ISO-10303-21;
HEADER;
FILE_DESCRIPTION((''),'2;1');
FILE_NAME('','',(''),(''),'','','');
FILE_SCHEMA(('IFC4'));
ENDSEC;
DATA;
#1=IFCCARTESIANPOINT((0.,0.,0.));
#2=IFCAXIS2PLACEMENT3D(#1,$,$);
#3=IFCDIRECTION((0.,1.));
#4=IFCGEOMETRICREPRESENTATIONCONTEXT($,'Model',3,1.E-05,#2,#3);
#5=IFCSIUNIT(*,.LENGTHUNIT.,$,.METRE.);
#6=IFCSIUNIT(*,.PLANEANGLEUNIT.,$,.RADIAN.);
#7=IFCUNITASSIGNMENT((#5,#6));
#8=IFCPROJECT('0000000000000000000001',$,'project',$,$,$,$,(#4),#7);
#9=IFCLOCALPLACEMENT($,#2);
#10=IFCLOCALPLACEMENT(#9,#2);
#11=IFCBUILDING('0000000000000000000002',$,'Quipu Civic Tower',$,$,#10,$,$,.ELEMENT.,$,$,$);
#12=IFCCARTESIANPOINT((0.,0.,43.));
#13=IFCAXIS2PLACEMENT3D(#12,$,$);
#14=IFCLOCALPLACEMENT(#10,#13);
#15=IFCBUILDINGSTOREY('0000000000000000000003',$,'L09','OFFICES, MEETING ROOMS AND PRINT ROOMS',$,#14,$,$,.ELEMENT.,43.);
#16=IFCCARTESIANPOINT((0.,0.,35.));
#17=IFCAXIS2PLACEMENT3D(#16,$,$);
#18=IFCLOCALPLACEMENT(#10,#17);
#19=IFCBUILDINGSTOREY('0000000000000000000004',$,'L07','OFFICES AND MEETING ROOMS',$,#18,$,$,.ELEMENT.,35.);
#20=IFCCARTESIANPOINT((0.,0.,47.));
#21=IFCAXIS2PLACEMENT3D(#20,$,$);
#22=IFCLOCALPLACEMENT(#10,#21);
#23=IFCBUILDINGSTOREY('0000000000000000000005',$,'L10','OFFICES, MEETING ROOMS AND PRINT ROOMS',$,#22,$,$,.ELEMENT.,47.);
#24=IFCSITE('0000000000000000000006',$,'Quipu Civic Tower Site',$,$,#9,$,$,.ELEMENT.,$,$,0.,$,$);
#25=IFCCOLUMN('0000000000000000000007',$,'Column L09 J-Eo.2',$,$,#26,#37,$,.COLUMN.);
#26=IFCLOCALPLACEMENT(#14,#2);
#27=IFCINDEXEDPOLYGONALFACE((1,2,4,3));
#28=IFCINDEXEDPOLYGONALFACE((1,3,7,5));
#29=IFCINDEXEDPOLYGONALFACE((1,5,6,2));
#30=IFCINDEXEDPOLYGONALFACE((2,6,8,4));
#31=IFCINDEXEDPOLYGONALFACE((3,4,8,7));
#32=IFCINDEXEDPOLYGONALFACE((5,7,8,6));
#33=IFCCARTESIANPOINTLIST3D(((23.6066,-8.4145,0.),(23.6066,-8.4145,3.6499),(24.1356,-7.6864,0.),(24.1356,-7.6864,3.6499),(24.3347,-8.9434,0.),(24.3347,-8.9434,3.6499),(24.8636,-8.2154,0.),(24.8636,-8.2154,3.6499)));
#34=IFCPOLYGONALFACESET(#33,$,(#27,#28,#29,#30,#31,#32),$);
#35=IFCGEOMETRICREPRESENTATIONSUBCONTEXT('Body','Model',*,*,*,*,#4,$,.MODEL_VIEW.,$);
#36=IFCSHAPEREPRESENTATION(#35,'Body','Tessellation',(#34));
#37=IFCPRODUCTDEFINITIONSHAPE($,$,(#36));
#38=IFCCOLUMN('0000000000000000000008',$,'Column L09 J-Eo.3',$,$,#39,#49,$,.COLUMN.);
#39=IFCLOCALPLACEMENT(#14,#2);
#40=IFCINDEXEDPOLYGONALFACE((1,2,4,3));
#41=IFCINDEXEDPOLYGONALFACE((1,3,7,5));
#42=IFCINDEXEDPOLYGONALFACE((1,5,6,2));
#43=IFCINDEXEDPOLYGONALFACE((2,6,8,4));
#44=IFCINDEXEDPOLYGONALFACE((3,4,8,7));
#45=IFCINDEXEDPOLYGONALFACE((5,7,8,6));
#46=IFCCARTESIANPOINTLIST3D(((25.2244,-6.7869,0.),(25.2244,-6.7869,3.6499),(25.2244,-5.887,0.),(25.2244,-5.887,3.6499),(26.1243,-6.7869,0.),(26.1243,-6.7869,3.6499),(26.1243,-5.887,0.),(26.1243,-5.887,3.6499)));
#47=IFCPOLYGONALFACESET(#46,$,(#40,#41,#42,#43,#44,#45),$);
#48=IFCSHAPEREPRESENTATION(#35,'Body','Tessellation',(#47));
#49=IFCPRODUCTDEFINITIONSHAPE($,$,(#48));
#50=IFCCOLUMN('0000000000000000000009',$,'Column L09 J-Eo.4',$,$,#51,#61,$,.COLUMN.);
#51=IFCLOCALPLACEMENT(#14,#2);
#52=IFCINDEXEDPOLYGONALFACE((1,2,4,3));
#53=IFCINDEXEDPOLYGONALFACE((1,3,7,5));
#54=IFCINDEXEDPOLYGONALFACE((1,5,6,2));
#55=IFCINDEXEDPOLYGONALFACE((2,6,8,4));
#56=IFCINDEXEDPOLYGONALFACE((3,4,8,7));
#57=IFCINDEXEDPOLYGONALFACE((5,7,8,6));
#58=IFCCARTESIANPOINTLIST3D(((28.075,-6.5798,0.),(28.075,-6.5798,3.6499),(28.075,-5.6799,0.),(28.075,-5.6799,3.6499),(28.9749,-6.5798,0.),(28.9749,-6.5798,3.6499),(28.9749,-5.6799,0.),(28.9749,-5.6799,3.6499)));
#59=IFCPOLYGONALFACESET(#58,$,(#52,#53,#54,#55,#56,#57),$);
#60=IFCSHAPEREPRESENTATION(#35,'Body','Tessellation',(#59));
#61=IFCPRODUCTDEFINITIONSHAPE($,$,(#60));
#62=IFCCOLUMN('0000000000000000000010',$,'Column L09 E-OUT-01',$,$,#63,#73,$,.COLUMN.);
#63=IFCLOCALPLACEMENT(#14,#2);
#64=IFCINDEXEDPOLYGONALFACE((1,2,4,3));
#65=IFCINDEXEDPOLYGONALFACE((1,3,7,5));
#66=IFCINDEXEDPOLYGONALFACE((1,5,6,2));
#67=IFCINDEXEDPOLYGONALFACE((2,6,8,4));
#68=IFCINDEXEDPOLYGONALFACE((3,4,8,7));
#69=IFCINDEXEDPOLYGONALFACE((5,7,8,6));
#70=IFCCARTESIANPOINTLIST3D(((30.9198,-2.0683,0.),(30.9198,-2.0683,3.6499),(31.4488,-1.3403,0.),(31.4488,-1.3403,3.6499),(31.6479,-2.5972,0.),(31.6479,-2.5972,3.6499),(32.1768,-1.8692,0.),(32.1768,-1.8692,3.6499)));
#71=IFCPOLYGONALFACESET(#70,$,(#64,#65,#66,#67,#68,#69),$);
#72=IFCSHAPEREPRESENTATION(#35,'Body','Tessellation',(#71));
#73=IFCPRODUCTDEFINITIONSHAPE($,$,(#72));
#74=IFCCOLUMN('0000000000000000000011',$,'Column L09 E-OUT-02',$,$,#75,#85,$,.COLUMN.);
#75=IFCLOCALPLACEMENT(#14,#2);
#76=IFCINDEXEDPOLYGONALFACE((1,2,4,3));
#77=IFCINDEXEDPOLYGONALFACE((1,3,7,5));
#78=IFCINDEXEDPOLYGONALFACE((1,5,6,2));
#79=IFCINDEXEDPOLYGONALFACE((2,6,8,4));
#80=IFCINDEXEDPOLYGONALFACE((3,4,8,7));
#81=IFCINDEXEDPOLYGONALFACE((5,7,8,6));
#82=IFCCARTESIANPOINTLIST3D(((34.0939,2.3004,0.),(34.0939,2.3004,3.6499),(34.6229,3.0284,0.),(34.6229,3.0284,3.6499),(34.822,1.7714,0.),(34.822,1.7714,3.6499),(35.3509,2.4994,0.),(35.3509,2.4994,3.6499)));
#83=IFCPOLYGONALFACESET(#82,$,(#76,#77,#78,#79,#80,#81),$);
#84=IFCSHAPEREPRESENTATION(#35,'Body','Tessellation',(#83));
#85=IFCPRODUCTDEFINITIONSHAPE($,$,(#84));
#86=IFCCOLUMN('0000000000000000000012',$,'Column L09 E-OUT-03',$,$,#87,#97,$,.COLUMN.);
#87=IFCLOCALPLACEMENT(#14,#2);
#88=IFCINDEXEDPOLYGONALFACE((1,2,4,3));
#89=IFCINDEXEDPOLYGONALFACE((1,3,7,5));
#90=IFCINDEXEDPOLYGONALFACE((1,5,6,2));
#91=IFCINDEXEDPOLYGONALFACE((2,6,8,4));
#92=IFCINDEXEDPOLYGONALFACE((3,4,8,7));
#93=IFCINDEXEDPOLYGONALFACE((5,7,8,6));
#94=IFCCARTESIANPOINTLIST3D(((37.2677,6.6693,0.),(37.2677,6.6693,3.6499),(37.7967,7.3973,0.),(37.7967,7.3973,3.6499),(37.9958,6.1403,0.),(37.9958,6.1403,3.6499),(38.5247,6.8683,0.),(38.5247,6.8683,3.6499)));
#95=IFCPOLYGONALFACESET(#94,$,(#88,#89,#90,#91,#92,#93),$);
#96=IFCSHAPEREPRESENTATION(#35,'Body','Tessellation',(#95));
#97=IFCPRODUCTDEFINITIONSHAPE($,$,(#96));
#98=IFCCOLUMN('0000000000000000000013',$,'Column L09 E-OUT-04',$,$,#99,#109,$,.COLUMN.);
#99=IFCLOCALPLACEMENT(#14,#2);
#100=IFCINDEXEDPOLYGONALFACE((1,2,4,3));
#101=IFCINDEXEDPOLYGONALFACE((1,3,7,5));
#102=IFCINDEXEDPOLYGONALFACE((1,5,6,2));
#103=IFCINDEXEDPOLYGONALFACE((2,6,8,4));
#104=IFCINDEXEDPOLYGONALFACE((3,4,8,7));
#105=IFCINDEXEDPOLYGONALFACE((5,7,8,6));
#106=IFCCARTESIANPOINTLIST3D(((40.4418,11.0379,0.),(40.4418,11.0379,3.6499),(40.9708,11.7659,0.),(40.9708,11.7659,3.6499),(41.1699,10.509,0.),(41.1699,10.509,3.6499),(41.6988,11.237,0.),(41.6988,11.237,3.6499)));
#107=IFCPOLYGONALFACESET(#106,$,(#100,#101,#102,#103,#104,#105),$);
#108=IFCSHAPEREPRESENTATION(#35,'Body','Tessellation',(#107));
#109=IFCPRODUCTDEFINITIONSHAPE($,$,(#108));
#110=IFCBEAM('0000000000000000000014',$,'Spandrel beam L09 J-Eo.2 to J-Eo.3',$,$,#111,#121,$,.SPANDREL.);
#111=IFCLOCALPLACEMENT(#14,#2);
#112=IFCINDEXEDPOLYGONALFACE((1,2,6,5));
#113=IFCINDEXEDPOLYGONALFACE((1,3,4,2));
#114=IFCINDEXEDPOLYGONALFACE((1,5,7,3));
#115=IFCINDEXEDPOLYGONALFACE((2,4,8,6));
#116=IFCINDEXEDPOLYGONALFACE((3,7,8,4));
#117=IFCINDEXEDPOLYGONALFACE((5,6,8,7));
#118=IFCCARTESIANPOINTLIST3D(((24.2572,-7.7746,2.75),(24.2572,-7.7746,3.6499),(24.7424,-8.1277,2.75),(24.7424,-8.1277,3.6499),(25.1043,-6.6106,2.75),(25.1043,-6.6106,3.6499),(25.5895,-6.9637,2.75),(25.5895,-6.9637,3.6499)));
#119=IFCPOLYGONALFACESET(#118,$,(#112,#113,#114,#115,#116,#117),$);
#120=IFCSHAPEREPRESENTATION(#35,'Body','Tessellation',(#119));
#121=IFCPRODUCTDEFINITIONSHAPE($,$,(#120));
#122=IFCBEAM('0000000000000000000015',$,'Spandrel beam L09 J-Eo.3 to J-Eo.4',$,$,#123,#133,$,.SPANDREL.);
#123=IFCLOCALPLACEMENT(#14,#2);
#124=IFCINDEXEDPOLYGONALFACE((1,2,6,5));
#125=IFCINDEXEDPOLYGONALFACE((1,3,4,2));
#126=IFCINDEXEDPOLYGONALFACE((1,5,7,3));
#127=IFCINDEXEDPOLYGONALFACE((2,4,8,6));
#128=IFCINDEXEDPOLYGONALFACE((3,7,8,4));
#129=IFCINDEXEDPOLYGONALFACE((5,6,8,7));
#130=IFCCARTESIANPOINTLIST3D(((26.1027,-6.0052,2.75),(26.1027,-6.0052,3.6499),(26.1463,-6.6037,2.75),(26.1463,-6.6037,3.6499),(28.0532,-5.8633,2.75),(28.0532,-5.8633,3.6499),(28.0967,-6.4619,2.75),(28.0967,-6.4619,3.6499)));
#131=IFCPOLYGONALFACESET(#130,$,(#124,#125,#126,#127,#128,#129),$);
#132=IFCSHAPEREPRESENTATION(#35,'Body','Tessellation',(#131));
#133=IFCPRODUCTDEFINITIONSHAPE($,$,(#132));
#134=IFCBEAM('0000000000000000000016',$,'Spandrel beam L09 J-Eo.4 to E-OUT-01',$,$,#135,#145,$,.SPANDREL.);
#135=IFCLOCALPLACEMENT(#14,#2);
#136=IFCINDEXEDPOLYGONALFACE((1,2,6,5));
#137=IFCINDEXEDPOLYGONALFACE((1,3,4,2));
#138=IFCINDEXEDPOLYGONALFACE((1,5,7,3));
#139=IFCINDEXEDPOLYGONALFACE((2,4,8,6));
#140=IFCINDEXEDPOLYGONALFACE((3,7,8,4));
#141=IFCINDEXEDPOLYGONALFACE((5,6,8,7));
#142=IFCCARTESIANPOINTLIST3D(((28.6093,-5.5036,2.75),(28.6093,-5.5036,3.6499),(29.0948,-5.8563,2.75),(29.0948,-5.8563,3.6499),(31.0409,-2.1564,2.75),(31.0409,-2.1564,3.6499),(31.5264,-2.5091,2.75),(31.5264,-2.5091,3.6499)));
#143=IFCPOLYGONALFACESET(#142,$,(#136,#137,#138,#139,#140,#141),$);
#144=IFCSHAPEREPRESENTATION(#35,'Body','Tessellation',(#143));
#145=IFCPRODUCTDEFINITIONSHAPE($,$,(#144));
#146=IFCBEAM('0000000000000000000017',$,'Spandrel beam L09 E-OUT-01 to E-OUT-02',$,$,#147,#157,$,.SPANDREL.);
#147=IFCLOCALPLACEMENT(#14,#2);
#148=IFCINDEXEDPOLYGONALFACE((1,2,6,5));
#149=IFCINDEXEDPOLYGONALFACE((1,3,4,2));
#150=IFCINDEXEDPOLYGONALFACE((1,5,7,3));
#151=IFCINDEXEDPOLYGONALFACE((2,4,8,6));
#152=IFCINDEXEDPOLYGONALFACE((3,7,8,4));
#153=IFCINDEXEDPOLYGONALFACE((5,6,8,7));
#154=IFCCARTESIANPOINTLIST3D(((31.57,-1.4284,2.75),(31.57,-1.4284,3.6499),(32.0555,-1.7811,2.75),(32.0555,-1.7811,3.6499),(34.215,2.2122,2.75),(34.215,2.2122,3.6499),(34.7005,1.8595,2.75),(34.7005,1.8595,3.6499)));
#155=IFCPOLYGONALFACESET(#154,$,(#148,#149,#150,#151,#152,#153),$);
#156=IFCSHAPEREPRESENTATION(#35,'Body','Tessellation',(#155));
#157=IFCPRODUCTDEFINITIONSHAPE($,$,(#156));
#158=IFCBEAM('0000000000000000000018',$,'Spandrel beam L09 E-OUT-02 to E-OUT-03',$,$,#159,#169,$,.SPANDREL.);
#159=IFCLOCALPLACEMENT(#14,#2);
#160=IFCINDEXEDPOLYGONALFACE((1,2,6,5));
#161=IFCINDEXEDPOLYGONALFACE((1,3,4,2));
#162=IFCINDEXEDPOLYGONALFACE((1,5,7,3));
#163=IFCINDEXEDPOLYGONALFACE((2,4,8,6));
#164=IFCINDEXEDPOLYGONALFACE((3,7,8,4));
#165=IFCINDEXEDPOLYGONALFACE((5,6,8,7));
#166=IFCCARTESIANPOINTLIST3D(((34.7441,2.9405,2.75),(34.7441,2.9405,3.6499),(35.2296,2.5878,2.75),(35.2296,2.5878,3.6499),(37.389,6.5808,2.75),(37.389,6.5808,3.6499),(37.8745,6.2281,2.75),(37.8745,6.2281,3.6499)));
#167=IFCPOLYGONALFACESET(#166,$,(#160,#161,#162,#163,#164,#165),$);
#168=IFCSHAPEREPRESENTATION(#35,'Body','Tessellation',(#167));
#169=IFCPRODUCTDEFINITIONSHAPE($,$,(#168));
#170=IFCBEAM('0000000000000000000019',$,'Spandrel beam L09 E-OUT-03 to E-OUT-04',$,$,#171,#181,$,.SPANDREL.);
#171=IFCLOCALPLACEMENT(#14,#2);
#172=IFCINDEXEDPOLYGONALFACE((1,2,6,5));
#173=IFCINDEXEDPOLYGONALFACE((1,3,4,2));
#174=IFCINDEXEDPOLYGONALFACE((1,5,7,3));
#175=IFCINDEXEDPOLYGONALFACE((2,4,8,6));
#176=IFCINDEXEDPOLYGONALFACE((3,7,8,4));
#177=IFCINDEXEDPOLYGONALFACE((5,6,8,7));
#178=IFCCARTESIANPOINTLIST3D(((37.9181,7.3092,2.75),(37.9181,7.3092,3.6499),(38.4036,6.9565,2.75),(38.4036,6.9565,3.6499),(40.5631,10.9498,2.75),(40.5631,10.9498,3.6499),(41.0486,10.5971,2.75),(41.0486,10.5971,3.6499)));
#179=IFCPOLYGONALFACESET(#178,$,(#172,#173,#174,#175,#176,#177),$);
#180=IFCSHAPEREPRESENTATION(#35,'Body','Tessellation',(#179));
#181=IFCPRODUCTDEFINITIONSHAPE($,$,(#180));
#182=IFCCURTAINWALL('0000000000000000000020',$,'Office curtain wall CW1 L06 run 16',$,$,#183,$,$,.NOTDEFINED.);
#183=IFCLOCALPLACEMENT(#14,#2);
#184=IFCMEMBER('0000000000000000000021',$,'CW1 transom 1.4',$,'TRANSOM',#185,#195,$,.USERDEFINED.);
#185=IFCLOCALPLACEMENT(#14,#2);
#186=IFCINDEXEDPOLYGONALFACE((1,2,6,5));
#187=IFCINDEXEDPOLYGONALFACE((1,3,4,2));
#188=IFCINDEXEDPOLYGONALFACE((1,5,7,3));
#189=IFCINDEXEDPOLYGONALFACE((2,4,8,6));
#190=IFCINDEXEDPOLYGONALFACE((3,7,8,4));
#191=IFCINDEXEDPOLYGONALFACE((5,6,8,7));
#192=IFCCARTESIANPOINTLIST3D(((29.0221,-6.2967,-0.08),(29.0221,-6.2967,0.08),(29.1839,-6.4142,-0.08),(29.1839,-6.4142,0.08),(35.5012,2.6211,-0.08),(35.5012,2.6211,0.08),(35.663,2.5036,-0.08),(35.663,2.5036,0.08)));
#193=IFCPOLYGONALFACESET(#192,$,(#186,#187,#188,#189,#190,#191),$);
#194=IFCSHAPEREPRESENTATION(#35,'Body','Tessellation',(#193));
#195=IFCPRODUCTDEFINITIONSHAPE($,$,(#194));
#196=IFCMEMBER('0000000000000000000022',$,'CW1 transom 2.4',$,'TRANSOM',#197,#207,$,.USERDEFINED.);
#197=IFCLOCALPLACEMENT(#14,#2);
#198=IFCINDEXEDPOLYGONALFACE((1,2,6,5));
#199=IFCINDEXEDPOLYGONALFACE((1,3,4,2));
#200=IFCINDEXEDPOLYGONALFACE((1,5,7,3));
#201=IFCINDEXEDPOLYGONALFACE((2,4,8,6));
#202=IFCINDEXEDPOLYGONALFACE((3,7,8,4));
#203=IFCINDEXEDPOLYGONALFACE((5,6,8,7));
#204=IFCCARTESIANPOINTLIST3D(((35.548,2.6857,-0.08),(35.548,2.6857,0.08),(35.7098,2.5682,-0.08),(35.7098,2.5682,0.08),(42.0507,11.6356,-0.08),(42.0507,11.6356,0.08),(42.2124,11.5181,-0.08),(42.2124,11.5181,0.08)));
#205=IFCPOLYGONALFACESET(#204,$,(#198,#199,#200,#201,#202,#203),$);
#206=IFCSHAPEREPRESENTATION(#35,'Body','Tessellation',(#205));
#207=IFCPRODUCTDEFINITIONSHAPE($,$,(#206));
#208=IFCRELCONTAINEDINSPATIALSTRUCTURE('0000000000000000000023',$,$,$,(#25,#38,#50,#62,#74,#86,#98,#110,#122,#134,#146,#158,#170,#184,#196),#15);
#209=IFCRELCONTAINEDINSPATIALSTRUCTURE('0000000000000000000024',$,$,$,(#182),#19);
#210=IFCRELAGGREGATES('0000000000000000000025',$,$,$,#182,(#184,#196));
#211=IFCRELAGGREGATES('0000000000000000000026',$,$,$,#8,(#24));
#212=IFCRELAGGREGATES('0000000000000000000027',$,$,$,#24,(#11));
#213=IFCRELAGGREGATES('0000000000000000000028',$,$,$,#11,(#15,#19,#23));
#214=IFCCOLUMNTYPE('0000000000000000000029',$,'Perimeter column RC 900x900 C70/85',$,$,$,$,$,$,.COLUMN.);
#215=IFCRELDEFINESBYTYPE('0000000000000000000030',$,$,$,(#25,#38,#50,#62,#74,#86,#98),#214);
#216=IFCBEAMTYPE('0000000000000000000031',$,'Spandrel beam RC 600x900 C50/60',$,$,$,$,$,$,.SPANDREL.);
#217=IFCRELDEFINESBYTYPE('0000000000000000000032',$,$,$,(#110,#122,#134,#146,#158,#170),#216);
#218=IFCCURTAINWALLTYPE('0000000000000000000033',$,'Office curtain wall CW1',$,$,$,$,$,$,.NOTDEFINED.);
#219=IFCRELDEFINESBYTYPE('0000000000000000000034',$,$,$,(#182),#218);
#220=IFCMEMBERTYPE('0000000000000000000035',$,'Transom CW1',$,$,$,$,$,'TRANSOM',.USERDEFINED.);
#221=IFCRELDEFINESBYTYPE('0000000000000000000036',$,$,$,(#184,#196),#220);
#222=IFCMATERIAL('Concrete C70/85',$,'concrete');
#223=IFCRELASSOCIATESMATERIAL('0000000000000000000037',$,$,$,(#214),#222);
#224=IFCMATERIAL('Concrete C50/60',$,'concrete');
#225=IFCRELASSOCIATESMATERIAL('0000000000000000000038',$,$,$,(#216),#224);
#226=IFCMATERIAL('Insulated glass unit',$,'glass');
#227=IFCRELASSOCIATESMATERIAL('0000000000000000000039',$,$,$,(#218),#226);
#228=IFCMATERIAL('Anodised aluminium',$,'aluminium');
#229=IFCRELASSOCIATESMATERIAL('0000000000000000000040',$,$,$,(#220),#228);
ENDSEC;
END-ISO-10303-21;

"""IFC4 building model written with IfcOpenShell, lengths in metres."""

from ifc_helpers import new_model, si_unit, direction, frame, origin, origin_2d, place, context, subcontext, project, spatial, rectangle, extrude, material, material_profile, profile_set, type_object, element, aggregate, save


model = new_model("IFC4")

# Units and contexts
model_context = context("Model", 3, precision=1e-05, world=origin(), true_north=direction((0.0, 1.0)))
body_context = subcontext(model_context, "Body", "Model", "MODEL_VIEW")
ifc_project = project(units=[si_unit("LENGTHUNIT", "METRE"), si_unit("PLANEANGLEUNIT", "RADIAN")], contexts=[model_context])

# Site, building, storey
site_placement = place(None, origin())
site = spatial("IfcSite", under=ifc_project, at=site_placement, Name="Quipu Civic Tower Site", CompositionType="ELEMENT", RefElevation=0.0)
building_placement = place(site_placement, origin())
building = spatial("IfcBuilding", under=site, at=building_placement, Name="Quipu Civic Tower", CompositionType="ELEMENT")
storey_1_placement = place(building_placement, frame((0.0, 0.0, 43.0)))
storey_1 = spatial("IfcBuildingStorey", under=building, at=storey_1_placement, Name="L09", Description="OFFICES, MEETING ROOMS AND PRINT ROOMS", CompositionType="ELEMENT", Elevation=43.0)

# Columns
ifc_material_1 = material(Name="Concrete C70/85", Category="concrete")
ifc_material_profile_1 = material_profile(ifc_material_1, rectangle(XDim=0.8999, YDim=0.8999, at=origin_2d()), Name="RC900x900")
ifc_profile_set_1 = profile_set([ifc_material_profile_1], Name="Concrete C70/85")
column_type = type_object("IfcColumnType", Name="Perimeter column RC 900x900 C70/85", PredefinedType="COLUMN", material=ifc_profile_set_1)
for number, where, z_axis, x_axis, name in (
    (1, (24.2351, -8.3149, 0.0), (0.0, 0.0, 1.0), (0.587785, 0.809017, 0.0), "Column L09 J-Eo.2"),
    (2, (25.6743, -6.3369, 0.0), (0.0, 0.0, 1.0), (1.0, 0.0, 0.0), "Column L09 J-Eo.3"),
    (3, (28.5249, -6.1299, 0.0), (0.0, 0.0, 1.0), (1.0, 0.0, 0.0), "Column L09 J-Eo.4"),
    (4, (31.5483, -1.9688, 0.0), (0.0, 0.0, 1.0), (0.587785, 0.809017, 0.0), "Column L09 E-OUT-01"),
    (5, (34.7224, 2.3999, 0.0), (0.0, 0.0, 1.0), (0.587785, 0.809017, 0.0), "Column L09 E-OUT-02"),
    (6, (37.8962, 6.7688, 0.0), (0.0, 0.0, 1.0), (0.587785, 0.809017, 0.0), "Column L09 E-OUT-03"),
    (7, (41.0703, 11.1375, 0.0), (0.0, 0.0, 1.0), (0.587785, 0.809017, 0.0), "Column L09 E-OUT-04"),
):
    element("IfcColumn", number, at=place(storey_1_placement, frame(where, z_axis=z_axis, x_axis=x_axis)), inside=storey_1, type_object=column_type, Name=name, PredefinedType="COLUMN", context=body_context, shape_type="SweptSolid", body=[
        extrude(rectangle(XDim=0.8999, YDim=0.8999, at=origin_2d()), origin(), (0.0, 0.0, 1.0), 3.6499),
    ])

# Beams
ifc_material_2 = material(Name="Concrete C50/60", Category="concrete")
ifc_material_profile_2 = material_profile(ifc_material_2, rectangle(XDim=0.6001, YDim=0.8999, at=origin_2d()), Name="RC600x900")
ifc_profile_set_2 = profile_set([ifc_material_profile_2], Name="Concrete C50/60")
beam_type = type_object("IfcBeamType", Name="Spandrel beam RC 600x900 C50/60", PredefinedType="SPANDREL", material=ifc_profile_set_2)
beam_1_placement = place(storey_1_placement, frame((24.4998, -7.9512, 3.2), z_axis=(0.588434, 0.808545, 0.0), x_axis=(-0.808545, 0.588434, 0.0)))
element("IfcBeam", 8, at=beam_1_placement, inside=storey_1, type_object=beam_type, Name="Spandrel beam L09 J-Eo.2 to J-Eo.3", PredefinedType="SPANDREL", context=body_context, shape_type="SweptSolid", body=[
    extrude(rectangle(XDim=0.6001, YDim=0.8999, at=origin_2d()), origin(), (0.0, 0.0, 1.0), 1.4397),
])
beam_2_placement = place(storey_1_placement, frame((26.1245, -6.3044, 3.2), z_axis=(0.997366, 0.072533, 0.0), x_axis=(-0.072533, 0.997366, 0.0)))
element("IfcBeam", 9, at=beam_2_placement, inside=storey_1, type_object=beam_type, Name="Spandrel beam L09 J-Eo.3 to J-Eo.4", PredefinedType="SPANDREL", context=body_context, shape_type="SweptSolid", body=[
    extrude(rectangle(XDim=0.6001, YDim=0.8999, at=origin_2d()), origin(), (0.0, 0.0, 1.0), 1.9556),
])
beam_3_placement = place(storey_1_placement, frame((28.8521, -5.6799, 3.2), z_axis=(0.587751, 0.809042, 0.0), x_axis=(-0.809042, 0.587751, 0.0)))
element("IfcBeam", 10, at=beam_3_placement, inside=storey_1, type_object=beam_type, Name="Spandrel beam L09 J-Eo.4 to E-OUT-01", PredefinedType="SPANDREL", context=body_context, shape_type="SweptSolid", body=[
    extrude(rectangle(XDim=0.6001, YDim=0.8999, at=origin_2d()), origin(), (0.0, 0.0, 1.0), 4.1372),
])
beam_4_placement = place(storey_1_placement, frame((31.8127, -1.6047, 3.2), z_axis=(0.587778, 0.809022, 0.0), x_axis=(-0.809022, 0.587778, 0.0)))
element("IfcBeam", 11, at=beam_4_placement, inside=storey_1, type_object=beam_type, Name="Spandrel beam L09 E-OUT-01 to E-OUT-02", PredefinedType="SPANDREL", context=body_context, shape_type="SweptSolid", body=[
    extrude(rectangle(XDim=0.6001, YDim=0.8999, at=origin_2d()), origin(), (0.0, 0.0, 1.0), 4.5),
])
beam_5_placement = place(storey_1_placement, frame((34.9868, 2.7642, 3.2), z_axis=(0.587804, 0.809003, 0.0), x_axis=(-0.809003, 0.587804, 0.0)))
element("IfcBeam", 12, at=beam_5_placement, inside=storey_1, type_object=beam_type, Name="Spandrel beam L09 E-OUT-02 to E-OUT-03", PredefinedType="SPANDREL", context=body_context, shape_type="SweptSolid", body=[
    extrude(rectangle(XDim=0.6001, YDim=0.8999, at=origin_2d()), origin(), (0.0, 0.0, 1.0), 4.4998),
])
beam_6_placement = place(storey_1_placement, frame((38.1609, 7.1328, 3.2), z_axis=(0.587778, 0.809022, 0.0), x_axis=(-0.809022, 0.587778, 0.0)))
element("IfcBeam", 13, at=beam_6_placement, inside=storey_1, type_object=beam_type, Name="Spandrel beam L09 E-OUT-03 to E-OUT-04", PredefinedType="SPANDREL", context=body_context, shape_type="SweptSolid", body=[
    extrude(rectangle(XDim=0.6001, YDim=0.8999, at=origin_2d()), origin(), (0.0, 0.0, 1.0), 4.5),
])

# Shared definitions
storey_2_placement = place(building_placement, frame((0.0, 0.0, 35.0)))
storey_2 = spatial("IfcBuildingStorey", under=building, at=storey_2_placement, Name="L07", Description="OFFICES AND MEETING ROOMS", CompositionType="ELEMENT", Elevation=35.0)

# Curtain wall, members
ifc_material_3 = material(Name="Insulated glass unit", Category="glass")
curtain_wall_type = type_object("IfcCurtainWallType", Name="Office curtain wall CW1", PredefinedType="NOTDEFINED", material=ifc_material_3)
curtain_wall_1_placement = place(storey_2_placement, origin())
curtain_wall_1 = element("IfcCurtainWall", 14, at=curtain_wall_1_placement, inside=storey_2, type_object=curtain_wall_type, Name="Office curtain wall CW1 L06 run 16", PredefinedType="NOTDEFINED")
ifc_material_4 = material(Name="Anodised aluminium", Category="aluminium")
ifc_material_profile_3 = material_profile(ifc_material_4, rectangle(XDim=0.2, YDim=0.1599, at=origin_2d()), Name="RECT 200x160")
ifc_profile_set_3 = profile_set([ifc_material_profile_3], Name="Anodised aluminium")
member_type = type_object("IfcMemberType", Name="Transom CW1", ElementType="TRANSOM", PredefinedType="USERDEFINED", material=ifc_profile_set_3)
member_1_placement = place(storey_1_placement, frame((29.103, -6.3555, 0.0), z_axis=(0.587779, 0.809021, 0.0), x_axis=(-0.809021, 0.587779, 0.0)))
member_1 = element("IfcMember", 15, at=member_1_placement, inside=storey_1, type_object=member_type, Name="CW1 transom 1.4", ObjectType="TRANSOM", PredefinedType="USERDEFINED", context=body_context, shape_type="SweptSolid", body=[
    extrude(rectangle(XDim=0.2, YDim=0.1599, at=origin_2d()), origin(), (0.0, 0.0, 1.0), 11.0229),
])
member_2_placement = place(storey_1_placement, frame((35.6289, 2.627, 0.0), z_axis=(0.587795, 0.80901, 0.0), x_axis=(-0.80901, 0.587795, 0.0)))
member_2 = element("IfcMember", 16, at=member_2_placement, inside=storey_1, type_object=member_type, Name="CW1 transom 2.4", ObjectType="TRANSOM", PredefinedType="USERDEFINED", context=body_context, shape_type="SweptSolid", body=[
    extrude(rectangle(XDim=0.2, YDim=0.1599, at=origin_2d()), origin(), (0.0, 0.0, 1.0), 11.0627),
])
aggregate(curtain_wall_1, [member_1, member_2])

# Shared definitions
storey_3_placement = place(building_placement, frame((0.0, 0.0, 47.0)))
storey_3 = spatial("IfcBuildingStorey", under=building, at=storey_3_placement, Name="L10", Description="OFFICES, MEETING ROOMS AND PRINT ROOMS", CompositionType="ELEMENT", Elevation=47.0)

save(model, "model.ifc")
